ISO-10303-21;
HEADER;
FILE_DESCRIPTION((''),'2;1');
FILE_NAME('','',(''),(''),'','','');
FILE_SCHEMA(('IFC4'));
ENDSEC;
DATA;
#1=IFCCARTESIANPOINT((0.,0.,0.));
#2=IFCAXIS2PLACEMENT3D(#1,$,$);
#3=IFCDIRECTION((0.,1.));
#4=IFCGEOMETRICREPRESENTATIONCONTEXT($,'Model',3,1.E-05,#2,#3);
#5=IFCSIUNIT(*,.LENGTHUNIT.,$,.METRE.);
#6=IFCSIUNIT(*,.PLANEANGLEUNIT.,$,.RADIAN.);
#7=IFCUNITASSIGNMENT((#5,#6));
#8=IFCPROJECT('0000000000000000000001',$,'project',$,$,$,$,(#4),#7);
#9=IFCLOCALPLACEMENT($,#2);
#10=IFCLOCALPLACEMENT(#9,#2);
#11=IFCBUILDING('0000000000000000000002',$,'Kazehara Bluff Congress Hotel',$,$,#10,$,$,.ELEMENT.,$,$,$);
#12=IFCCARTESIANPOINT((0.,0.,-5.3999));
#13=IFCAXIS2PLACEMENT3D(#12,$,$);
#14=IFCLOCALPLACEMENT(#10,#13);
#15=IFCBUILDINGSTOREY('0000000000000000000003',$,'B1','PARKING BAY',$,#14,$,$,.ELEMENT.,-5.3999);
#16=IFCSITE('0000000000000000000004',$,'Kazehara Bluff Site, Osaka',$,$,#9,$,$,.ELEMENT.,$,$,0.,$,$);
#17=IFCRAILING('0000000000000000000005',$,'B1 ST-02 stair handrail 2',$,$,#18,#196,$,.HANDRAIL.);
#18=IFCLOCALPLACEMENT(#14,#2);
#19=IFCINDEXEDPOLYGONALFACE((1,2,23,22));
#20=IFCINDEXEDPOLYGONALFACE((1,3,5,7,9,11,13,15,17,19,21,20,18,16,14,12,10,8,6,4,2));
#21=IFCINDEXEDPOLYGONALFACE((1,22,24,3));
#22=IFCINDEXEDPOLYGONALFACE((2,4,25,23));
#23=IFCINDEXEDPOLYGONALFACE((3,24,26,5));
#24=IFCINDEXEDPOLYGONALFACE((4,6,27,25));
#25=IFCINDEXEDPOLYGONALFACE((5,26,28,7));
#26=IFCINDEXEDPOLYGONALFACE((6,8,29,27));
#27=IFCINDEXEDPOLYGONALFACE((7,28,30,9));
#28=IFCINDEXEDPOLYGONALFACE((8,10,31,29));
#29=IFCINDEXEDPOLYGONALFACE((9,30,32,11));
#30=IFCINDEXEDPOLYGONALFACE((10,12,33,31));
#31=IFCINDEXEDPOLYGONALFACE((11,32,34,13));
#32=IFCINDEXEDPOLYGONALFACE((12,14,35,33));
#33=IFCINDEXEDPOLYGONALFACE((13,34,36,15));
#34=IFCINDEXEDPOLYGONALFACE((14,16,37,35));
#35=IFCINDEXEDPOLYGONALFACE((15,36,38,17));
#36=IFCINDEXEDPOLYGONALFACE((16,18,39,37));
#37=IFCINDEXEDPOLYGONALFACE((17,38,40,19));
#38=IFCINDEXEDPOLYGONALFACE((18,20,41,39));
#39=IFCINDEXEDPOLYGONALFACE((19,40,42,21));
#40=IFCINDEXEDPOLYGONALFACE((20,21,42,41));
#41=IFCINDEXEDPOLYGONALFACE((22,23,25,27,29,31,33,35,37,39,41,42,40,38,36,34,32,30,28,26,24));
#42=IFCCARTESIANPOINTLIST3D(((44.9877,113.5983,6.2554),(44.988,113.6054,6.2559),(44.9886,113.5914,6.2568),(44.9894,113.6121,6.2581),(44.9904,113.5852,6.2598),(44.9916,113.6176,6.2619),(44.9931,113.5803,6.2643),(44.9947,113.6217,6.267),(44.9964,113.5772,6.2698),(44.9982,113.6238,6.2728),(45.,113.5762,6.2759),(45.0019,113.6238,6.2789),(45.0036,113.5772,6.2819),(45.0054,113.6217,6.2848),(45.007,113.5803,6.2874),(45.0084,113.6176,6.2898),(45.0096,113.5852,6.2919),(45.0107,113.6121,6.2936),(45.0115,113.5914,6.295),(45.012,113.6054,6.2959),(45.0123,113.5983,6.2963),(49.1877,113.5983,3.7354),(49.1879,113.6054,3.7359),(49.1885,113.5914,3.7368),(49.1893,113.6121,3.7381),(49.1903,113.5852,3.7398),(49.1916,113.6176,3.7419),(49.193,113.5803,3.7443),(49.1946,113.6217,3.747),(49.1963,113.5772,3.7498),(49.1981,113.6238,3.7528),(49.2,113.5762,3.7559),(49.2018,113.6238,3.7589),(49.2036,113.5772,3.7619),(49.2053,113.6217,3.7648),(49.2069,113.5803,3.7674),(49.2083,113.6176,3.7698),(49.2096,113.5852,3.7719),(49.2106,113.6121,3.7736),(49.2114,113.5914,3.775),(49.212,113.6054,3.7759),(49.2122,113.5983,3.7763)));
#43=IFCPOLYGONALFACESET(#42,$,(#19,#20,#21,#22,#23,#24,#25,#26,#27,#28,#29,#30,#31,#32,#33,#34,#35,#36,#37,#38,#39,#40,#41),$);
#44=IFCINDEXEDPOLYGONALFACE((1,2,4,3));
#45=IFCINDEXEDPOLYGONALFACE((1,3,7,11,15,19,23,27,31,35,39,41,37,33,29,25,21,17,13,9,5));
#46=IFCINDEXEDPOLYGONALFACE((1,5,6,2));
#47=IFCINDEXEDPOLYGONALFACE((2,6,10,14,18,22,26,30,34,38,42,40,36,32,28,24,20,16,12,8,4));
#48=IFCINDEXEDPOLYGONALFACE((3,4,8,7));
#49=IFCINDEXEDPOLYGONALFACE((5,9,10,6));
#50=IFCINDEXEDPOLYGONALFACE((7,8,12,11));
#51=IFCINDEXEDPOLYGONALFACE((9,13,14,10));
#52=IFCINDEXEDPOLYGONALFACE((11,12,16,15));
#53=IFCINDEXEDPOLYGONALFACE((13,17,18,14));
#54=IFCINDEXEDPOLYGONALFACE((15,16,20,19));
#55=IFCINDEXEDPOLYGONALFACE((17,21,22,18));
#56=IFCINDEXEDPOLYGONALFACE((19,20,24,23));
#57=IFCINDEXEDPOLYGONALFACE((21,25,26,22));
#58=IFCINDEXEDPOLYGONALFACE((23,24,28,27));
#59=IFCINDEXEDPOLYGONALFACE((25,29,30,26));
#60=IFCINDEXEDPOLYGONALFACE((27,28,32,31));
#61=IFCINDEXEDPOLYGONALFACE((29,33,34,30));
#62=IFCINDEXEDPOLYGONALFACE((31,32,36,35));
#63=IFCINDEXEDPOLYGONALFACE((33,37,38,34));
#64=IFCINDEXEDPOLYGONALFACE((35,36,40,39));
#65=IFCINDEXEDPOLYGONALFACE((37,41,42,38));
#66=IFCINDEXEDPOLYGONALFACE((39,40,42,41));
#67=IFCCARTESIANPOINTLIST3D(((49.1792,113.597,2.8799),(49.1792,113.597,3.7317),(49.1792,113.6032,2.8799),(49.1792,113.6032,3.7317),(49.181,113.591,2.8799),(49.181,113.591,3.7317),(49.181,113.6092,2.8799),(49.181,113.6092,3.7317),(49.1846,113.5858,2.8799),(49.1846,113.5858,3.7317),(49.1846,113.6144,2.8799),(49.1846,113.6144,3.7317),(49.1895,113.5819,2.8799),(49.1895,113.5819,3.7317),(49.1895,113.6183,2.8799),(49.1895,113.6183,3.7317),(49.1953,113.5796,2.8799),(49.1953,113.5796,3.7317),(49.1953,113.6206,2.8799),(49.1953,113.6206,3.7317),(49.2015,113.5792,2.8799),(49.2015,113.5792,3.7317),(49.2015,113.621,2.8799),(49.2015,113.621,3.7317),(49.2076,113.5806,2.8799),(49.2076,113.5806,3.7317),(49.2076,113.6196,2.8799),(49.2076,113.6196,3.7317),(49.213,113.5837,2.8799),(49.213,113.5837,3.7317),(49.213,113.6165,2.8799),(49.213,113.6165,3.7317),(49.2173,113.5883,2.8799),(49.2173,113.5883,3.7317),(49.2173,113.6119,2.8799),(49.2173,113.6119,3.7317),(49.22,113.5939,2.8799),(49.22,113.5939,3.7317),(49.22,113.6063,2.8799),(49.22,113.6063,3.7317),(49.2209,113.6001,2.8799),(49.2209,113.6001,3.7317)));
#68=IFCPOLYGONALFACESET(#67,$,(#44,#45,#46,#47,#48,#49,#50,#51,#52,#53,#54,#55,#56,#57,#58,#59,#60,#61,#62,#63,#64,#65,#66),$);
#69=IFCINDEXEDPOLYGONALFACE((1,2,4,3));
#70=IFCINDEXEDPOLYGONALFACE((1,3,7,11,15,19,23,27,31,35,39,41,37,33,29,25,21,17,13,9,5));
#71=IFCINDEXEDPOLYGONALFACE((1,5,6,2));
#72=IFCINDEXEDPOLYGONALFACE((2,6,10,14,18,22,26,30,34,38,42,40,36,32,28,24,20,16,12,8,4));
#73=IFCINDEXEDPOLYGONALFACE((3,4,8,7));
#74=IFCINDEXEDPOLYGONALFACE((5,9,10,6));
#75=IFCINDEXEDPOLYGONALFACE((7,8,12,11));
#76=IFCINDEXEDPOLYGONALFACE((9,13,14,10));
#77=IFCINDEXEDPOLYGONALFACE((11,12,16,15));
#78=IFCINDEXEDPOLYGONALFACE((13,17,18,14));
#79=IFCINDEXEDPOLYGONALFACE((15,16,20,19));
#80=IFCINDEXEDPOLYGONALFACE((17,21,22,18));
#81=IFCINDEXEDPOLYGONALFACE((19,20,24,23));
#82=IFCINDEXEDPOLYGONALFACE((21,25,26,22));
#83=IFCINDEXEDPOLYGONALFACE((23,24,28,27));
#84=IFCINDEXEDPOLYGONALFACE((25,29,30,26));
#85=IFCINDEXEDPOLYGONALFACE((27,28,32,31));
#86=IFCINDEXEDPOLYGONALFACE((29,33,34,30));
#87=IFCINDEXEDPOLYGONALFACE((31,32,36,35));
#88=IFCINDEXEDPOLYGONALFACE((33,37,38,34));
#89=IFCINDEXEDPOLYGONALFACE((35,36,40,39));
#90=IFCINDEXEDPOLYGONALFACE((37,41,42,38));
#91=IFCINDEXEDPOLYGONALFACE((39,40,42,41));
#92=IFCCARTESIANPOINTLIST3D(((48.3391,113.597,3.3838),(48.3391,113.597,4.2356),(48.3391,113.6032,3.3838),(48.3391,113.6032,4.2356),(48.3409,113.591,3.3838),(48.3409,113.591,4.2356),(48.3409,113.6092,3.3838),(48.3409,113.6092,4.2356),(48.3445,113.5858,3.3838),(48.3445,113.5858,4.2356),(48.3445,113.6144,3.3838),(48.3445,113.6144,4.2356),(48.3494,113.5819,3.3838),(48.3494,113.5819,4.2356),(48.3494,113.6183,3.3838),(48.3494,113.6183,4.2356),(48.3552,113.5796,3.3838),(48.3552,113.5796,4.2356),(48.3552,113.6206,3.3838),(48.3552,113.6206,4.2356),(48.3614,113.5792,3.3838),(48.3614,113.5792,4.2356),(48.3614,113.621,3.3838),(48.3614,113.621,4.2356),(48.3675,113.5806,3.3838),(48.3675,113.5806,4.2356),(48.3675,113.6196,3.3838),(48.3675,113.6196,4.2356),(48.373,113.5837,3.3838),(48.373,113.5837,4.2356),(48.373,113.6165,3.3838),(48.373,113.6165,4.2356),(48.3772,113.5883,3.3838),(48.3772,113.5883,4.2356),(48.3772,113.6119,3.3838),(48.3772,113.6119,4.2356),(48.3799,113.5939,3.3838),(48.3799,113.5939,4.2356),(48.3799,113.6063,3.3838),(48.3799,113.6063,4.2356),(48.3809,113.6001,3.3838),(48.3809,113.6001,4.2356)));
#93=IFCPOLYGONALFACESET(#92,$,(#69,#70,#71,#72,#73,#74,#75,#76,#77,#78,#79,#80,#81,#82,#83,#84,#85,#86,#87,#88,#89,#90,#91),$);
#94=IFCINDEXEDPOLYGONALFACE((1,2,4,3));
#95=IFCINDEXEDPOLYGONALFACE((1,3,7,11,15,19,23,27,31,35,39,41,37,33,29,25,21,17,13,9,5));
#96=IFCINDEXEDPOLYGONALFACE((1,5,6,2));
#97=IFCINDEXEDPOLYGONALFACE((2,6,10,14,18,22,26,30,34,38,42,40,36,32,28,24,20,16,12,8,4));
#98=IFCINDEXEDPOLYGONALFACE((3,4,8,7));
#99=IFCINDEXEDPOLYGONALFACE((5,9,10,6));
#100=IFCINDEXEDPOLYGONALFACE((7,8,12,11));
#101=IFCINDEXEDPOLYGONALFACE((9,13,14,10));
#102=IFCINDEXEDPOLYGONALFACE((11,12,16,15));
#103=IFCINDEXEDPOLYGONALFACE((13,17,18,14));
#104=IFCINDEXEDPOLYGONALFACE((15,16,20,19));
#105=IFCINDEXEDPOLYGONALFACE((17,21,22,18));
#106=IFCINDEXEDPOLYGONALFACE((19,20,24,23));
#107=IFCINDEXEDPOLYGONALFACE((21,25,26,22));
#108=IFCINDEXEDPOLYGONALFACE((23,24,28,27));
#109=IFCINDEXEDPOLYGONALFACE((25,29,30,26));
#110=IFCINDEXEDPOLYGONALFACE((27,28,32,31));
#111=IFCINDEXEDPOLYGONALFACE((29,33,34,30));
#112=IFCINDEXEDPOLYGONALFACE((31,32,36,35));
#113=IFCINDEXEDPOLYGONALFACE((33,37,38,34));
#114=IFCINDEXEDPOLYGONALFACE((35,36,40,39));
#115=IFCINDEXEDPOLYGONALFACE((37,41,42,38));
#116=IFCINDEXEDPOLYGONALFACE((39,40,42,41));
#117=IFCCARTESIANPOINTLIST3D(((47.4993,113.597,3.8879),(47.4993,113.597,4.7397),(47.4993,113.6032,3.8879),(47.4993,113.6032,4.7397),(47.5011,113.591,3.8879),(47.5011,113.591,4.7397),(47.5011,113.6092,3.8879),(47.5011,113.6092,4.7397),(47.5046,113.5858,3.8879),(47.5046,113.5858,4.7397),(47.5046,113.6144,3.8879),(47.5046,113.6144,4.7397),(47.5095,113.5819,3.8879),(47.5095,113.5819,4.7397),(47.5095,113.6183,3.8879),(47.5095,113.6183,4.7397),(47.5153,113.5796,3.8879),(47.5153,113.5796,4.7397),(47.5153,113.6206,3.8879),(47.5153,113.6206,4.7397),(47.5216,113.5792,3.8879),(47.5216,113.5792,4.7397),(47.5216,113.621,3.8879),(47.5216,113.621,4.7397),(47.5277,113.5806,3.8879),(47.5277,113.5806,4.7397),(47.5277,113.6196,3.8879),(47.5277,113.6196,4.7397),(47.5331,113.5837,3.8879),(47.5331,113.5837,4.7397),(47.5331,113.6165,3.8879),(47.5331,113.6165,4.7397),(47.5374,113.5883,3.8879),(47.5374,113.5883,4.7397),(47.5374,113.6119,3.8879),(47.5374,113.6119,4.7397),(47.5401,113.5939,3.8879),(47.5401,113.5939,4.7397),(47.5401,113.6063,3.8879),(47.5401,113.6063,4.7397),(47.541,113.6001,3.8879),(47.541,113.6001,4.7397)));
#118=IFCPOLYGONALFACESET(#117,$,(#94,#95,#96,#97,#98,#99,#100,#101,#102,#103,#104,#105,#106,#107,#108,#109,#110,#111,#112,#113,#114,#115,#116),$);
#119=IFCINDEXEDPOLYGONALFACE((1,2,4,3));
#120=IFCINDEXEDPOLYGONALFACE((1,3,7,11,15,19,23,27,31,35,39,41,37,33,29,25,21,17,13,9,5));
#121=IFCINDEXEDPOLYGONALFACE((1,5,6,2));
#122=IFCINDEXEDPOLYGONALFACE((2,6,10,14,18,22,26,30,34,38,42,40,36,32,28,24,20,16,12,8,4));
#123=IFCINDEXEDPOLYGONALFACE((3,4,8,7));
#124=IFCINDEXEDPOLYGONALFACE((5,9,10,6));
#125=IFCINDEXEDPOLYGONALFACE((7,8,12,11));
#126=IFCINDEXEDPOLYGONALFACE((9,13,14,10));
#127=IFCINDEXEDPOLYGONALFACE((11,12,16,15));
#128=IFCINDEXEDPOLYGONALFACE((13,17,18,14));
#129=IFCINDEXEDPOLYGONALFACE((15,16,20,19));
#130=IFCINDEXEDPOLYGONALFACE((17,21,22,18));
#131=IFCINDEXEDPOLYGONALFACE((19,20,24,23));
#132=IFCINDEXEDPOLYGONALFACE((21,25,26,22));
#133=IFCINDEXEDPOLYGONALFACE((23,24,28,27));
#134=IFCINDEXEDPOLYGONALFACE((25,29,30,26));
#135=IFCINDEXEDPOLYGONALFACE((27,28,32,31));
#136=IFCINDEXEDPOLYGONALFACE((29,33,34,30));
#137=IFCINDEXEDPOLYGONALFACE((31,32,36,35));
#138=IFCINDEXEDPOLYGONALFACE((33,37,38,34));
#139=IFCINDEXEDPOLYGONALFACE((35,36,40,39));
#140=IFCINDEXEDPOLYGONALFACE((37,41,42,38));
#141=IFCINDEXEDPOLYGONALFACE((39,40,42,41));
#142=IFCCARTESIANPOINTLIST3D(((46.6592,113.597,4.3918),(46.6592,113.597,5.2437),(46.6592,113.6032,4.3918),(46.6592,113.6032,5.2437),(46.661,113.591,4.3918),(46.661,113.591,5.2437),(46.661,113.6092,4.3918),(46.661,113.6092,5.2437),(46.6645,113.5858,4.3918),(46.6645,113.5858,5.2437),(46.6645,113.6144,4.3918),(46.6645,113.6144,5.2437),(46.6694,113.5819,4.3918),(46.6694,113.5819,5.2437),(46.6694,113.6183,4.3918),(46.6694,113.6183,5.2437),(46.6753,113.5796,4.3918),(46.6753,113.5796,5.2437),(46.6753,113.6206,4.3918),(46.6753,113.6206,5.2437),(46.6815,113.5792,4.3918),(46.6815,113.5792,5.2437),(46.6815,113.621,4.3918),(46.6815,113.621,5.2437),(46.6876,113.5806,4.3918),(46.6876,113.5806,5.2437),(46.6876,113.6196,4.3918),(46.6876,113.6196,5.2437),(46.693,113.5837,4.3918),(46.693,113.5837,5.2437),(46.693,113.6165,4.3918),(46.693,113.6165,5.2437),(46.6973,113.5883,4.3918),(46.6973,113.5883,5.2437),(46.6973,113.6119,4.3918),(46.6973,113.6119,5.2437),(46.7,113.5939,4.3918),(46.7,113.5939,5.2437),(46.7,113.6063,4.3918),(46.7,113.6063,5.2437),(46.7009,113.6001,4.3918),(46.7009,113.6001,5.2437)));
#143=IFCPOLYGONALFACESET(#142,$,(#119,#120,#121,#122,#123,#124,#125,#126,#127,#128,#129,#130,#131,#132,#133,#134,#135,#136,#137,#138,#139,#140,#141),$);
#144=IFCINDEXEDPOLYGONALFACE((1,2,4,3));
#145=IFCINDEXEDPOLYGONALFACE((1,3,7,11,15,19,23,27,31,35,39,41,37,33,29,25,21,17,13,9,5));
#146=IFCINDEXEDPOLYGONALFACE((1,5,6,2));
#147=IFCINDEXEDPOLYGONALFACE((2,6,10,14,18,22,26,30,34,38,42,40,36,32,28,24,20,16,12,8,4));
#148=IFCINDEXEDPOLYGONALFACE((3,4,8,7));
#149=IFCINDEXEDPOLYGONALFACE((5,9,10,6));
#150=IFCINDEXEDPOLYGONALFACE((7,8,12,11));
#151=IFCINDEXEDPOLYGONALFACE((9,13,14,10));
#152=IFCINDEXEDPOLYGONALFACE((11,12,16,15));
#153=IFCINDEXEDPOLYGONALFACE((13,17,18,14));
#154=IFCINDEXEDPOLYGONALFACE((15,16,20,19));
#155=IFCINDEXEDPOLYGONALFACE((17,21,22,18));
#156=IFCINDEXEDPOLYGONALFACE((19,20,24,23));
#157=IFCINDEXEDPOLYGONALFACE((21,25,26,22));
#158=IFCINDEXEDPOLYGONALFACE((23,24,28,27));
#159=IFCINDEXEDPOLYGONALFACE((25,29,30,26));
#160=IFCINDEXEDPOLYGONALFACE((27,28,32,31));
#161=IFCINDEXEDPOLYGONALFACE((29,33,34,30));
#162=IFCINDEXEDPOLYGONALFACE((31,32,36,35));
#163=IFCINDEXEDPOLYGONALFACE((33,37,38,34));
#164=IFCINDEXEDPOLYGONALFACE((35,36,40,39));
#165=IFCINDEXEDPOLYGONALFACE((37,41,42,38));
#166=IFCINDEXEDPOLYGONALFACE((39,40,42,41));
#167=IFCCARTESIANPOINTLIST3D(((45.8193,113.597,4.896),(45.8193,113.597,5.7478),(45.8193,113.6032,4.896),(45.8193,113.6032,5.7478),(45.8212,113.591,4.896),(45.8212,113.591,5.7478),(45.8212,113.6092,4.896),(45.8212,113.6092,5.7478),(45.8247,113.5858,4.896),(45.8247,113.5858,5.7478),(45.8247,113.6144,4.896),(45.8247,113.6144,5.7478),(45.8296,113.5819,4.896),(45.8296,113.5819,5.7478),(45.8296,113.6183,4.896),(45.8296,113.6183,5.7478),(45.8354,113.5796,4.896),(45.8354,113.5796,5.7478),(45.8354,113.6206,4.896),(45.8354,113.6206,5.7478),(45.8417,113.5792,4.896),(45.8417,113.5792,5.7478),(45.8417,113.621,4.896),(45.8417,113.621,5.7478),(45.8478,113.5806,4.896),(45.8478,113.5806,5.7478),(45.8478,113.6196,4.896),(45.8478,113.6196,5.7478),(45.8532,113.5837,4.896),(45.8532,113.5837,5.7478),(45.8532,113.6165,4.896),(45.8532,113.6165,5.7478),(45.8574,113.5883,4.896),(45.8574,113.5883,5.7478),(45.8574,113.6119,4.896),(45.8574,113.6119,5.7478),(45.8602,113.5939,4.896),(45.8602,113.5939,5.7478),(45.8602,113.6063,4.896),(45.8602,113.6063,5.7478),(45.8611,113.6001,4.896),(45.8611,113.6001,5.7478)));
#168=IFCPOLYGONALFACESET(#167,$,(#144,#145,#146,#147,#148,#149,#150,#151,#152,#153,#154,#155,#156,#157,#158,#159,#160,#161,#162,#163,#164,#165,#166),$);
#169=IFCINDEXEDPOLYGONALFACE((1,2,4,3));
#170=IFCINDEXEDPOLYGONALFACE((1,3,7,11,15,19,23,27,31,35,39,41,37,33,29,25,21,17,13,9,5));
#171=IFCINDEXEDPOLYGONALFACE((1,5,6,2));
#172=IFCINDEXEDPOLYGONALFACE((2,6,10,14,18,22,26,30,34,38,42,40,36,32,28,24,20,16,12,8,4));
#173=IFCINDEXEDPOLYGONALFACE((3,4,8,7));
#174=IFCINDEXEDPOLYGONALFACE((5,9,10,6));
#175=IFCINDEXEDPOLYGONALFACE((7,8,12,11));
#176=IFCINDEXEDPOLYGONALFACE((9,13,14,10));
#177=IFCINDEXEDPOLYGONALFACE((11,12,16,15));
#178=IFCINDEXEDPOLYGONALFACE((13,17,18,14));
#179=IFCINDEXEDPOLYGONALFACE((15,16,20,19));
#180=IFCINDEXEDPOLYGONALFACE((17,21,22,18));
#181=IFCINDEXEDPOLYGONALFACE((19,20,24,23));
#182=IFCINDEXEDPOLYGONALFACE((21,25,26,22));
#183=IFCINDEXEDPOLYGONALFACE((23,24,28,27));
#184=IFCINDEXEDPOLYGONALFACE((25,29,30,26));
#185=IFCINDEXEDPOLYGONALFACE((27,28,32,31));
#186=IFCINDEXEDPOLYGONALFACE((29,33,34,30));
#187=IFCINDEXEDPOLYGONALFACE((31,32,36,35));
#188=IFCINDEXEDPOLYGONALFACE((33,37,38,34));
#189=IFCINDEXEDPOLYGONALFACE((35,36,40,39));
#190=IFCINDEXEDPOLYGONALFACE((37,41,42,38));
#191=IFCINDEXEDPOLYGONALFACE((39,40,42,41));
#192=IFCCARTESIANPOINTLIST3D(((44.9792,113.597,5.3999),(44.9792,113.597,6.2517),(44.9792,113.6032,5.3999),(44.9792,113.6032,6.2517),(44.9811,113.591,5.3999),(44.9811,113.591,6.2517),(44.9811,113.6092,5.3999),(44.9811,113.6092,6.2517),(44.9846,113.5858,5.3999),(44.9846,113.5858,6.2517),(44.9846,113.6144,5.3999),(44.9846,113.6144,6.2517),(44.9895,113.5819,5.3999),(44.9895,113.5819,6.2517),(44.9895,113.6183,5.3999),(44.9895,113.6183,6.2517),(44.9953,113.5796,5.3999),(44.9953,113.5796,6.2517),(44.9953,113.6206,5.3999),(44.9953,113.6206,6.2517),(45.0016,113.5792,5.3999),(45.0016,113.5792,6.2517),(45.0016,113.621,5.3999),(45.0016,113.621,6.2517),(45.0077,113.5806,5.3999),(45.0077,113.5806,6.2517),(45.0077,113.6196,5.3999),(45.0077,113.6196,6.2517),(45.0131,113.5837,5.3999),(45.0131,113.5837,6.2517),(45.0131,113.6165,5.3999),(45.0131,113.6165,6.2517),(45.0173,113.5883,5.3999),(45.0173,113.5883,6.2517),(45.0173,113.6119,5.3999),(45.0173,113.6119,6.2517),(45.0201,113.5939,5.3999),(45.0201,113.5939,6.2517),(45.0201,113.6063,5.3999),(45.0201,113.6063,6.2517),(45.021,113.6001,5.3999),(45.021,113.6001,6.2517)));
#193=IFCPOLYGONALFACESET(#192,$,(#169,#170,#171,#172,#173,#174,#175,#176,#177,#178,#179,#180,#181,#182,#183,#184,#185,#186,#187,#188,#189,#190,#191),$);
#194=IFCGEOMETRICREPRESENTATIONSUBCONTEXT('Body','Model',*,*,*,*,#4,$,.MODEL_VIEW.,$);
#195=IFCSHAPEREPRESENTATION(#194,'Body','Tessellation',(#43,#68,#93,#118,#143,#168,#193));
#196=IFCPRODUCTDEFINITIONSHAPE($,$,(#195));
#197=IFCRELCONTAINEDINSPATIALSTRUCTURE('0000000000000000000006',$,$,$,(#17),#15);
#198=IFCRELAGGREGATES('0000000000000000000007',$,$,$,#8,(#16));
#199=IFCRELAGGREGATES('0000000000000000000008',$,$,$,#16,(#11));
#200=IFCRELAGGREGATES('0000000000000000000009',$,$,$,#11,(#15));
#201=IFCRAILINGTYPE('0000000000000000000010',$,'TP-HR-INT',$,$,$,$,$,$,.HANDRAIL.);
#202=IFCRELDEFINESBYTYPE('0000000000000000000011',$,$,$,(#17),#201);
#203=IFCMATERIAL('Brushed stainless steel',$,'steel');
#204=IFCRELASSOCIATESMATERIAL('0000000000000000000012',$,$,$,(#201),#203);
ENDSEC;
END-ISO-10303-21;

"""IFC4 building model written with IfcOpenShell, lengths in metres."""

from ifc_helpers import new_model, si_unit, direction, frame, origin, origin_2d, place, context, subcontext, project, spatial, circle, extrude, material, type_object, element, save


model = new_model("IFC4")

# Units and contexts
model_context = context("Model", 3, precision=1e-05, world=origin(), true_north=direction((0.0, 1.0)))
body_context = subcontext(model_context, "Body", "Model", "MODEL_VIEW")
ifc_project = project(units=[si_unit("LENGTHUNIT", "METRE"), si_unit("PLANEANGLEUNIT", "RADIAN")], contexts=[model_context])

# Site, building, storey
site_placement = place(None, origin())
site = spatial("IfcSite", under=ifc_project, at=site_placement, Name="Kazehara Bluff Site, Osaka", CompositionType="ELEMENT", RefElevation=0.0)
building_placement = place(site_placement, origin())
building = spatial("IfcBuilding", under=site, at=building_placement, Name="Kazehara Bluff Congress Hotel", CompositionType="ELEMENT")
storey_placement = place(building_placement, frame((0.0, 0.0, -5.3999)))
storey = spatial("IfcBuildingStorey", under=building, at=storey_placement, Name="B1", Description="PARKING BAY", CompositionType="ELEMENT", Elevation=-5.3999)

# Railing
ifc_material_1 = material(Name="Brushed stainless steel", Category="steel")
railing_type_1 = type_object("IfcRailingType", Name="TP-HR-INT", PredefinedType="HANDRAIL", material=ifc_material_1)
railing_1_placement = place(storey_placement, frame((49.2, 113.6001, 2.8799)))
element("IfcRailing", 1, at=railing_1_placement, inside=storey, type_object=railing_type_1, Name="B1 ST-02 stair handrail 2", PredefinedType="HANDRAIL", context=body_context, shape_type="SweptSolid", body=[
    extrude(circle(Radius=0.0239, at=origin_2d()), frame((0.0, 0.0, 0.876), z_axis=(-0.857489, 0.0, 0.514503), x_axis=(0.0, -1.0, 0.0)), (0.0, 0.0, 1.0), 4.8979),
    extrude(circle(Radius=0.021, at=origin_2d()), origin(), (0.0, 0.0, 1.0), 0.8518),
    extrude(circle(Radius=0.021, at=origin_2d()), frame((-0.8401, 0.0, 0.5039)), (0.0, 0.0, 1.0), 0.8518),
    extrude(circle(Radius=0.021, at=origin_2d()), frame((-1.6799, 0.0, 1.0081)), (0.0, 0.0, 1.0), 0.8518),
    extrude(circle(Radius=0.021, at=origin_2d()), frame((-2.52, 0.0, 1.512)), (0.0, 0.0, 1.0), 0.8518),
    extrude(circle(Radius=0.021, at=origin_2d()), frame((-3.3599, 0.0, 2.0161)), (0.0, 0.0, 1.0), 0.8518),
    extrude(circle(Radius=0.021, at=origin_2d()), frame((-4.2, 0.0, 2.52)), (0.0, 0.0, 1.0), 0.8518),
])

save(model, "model.ifc")
